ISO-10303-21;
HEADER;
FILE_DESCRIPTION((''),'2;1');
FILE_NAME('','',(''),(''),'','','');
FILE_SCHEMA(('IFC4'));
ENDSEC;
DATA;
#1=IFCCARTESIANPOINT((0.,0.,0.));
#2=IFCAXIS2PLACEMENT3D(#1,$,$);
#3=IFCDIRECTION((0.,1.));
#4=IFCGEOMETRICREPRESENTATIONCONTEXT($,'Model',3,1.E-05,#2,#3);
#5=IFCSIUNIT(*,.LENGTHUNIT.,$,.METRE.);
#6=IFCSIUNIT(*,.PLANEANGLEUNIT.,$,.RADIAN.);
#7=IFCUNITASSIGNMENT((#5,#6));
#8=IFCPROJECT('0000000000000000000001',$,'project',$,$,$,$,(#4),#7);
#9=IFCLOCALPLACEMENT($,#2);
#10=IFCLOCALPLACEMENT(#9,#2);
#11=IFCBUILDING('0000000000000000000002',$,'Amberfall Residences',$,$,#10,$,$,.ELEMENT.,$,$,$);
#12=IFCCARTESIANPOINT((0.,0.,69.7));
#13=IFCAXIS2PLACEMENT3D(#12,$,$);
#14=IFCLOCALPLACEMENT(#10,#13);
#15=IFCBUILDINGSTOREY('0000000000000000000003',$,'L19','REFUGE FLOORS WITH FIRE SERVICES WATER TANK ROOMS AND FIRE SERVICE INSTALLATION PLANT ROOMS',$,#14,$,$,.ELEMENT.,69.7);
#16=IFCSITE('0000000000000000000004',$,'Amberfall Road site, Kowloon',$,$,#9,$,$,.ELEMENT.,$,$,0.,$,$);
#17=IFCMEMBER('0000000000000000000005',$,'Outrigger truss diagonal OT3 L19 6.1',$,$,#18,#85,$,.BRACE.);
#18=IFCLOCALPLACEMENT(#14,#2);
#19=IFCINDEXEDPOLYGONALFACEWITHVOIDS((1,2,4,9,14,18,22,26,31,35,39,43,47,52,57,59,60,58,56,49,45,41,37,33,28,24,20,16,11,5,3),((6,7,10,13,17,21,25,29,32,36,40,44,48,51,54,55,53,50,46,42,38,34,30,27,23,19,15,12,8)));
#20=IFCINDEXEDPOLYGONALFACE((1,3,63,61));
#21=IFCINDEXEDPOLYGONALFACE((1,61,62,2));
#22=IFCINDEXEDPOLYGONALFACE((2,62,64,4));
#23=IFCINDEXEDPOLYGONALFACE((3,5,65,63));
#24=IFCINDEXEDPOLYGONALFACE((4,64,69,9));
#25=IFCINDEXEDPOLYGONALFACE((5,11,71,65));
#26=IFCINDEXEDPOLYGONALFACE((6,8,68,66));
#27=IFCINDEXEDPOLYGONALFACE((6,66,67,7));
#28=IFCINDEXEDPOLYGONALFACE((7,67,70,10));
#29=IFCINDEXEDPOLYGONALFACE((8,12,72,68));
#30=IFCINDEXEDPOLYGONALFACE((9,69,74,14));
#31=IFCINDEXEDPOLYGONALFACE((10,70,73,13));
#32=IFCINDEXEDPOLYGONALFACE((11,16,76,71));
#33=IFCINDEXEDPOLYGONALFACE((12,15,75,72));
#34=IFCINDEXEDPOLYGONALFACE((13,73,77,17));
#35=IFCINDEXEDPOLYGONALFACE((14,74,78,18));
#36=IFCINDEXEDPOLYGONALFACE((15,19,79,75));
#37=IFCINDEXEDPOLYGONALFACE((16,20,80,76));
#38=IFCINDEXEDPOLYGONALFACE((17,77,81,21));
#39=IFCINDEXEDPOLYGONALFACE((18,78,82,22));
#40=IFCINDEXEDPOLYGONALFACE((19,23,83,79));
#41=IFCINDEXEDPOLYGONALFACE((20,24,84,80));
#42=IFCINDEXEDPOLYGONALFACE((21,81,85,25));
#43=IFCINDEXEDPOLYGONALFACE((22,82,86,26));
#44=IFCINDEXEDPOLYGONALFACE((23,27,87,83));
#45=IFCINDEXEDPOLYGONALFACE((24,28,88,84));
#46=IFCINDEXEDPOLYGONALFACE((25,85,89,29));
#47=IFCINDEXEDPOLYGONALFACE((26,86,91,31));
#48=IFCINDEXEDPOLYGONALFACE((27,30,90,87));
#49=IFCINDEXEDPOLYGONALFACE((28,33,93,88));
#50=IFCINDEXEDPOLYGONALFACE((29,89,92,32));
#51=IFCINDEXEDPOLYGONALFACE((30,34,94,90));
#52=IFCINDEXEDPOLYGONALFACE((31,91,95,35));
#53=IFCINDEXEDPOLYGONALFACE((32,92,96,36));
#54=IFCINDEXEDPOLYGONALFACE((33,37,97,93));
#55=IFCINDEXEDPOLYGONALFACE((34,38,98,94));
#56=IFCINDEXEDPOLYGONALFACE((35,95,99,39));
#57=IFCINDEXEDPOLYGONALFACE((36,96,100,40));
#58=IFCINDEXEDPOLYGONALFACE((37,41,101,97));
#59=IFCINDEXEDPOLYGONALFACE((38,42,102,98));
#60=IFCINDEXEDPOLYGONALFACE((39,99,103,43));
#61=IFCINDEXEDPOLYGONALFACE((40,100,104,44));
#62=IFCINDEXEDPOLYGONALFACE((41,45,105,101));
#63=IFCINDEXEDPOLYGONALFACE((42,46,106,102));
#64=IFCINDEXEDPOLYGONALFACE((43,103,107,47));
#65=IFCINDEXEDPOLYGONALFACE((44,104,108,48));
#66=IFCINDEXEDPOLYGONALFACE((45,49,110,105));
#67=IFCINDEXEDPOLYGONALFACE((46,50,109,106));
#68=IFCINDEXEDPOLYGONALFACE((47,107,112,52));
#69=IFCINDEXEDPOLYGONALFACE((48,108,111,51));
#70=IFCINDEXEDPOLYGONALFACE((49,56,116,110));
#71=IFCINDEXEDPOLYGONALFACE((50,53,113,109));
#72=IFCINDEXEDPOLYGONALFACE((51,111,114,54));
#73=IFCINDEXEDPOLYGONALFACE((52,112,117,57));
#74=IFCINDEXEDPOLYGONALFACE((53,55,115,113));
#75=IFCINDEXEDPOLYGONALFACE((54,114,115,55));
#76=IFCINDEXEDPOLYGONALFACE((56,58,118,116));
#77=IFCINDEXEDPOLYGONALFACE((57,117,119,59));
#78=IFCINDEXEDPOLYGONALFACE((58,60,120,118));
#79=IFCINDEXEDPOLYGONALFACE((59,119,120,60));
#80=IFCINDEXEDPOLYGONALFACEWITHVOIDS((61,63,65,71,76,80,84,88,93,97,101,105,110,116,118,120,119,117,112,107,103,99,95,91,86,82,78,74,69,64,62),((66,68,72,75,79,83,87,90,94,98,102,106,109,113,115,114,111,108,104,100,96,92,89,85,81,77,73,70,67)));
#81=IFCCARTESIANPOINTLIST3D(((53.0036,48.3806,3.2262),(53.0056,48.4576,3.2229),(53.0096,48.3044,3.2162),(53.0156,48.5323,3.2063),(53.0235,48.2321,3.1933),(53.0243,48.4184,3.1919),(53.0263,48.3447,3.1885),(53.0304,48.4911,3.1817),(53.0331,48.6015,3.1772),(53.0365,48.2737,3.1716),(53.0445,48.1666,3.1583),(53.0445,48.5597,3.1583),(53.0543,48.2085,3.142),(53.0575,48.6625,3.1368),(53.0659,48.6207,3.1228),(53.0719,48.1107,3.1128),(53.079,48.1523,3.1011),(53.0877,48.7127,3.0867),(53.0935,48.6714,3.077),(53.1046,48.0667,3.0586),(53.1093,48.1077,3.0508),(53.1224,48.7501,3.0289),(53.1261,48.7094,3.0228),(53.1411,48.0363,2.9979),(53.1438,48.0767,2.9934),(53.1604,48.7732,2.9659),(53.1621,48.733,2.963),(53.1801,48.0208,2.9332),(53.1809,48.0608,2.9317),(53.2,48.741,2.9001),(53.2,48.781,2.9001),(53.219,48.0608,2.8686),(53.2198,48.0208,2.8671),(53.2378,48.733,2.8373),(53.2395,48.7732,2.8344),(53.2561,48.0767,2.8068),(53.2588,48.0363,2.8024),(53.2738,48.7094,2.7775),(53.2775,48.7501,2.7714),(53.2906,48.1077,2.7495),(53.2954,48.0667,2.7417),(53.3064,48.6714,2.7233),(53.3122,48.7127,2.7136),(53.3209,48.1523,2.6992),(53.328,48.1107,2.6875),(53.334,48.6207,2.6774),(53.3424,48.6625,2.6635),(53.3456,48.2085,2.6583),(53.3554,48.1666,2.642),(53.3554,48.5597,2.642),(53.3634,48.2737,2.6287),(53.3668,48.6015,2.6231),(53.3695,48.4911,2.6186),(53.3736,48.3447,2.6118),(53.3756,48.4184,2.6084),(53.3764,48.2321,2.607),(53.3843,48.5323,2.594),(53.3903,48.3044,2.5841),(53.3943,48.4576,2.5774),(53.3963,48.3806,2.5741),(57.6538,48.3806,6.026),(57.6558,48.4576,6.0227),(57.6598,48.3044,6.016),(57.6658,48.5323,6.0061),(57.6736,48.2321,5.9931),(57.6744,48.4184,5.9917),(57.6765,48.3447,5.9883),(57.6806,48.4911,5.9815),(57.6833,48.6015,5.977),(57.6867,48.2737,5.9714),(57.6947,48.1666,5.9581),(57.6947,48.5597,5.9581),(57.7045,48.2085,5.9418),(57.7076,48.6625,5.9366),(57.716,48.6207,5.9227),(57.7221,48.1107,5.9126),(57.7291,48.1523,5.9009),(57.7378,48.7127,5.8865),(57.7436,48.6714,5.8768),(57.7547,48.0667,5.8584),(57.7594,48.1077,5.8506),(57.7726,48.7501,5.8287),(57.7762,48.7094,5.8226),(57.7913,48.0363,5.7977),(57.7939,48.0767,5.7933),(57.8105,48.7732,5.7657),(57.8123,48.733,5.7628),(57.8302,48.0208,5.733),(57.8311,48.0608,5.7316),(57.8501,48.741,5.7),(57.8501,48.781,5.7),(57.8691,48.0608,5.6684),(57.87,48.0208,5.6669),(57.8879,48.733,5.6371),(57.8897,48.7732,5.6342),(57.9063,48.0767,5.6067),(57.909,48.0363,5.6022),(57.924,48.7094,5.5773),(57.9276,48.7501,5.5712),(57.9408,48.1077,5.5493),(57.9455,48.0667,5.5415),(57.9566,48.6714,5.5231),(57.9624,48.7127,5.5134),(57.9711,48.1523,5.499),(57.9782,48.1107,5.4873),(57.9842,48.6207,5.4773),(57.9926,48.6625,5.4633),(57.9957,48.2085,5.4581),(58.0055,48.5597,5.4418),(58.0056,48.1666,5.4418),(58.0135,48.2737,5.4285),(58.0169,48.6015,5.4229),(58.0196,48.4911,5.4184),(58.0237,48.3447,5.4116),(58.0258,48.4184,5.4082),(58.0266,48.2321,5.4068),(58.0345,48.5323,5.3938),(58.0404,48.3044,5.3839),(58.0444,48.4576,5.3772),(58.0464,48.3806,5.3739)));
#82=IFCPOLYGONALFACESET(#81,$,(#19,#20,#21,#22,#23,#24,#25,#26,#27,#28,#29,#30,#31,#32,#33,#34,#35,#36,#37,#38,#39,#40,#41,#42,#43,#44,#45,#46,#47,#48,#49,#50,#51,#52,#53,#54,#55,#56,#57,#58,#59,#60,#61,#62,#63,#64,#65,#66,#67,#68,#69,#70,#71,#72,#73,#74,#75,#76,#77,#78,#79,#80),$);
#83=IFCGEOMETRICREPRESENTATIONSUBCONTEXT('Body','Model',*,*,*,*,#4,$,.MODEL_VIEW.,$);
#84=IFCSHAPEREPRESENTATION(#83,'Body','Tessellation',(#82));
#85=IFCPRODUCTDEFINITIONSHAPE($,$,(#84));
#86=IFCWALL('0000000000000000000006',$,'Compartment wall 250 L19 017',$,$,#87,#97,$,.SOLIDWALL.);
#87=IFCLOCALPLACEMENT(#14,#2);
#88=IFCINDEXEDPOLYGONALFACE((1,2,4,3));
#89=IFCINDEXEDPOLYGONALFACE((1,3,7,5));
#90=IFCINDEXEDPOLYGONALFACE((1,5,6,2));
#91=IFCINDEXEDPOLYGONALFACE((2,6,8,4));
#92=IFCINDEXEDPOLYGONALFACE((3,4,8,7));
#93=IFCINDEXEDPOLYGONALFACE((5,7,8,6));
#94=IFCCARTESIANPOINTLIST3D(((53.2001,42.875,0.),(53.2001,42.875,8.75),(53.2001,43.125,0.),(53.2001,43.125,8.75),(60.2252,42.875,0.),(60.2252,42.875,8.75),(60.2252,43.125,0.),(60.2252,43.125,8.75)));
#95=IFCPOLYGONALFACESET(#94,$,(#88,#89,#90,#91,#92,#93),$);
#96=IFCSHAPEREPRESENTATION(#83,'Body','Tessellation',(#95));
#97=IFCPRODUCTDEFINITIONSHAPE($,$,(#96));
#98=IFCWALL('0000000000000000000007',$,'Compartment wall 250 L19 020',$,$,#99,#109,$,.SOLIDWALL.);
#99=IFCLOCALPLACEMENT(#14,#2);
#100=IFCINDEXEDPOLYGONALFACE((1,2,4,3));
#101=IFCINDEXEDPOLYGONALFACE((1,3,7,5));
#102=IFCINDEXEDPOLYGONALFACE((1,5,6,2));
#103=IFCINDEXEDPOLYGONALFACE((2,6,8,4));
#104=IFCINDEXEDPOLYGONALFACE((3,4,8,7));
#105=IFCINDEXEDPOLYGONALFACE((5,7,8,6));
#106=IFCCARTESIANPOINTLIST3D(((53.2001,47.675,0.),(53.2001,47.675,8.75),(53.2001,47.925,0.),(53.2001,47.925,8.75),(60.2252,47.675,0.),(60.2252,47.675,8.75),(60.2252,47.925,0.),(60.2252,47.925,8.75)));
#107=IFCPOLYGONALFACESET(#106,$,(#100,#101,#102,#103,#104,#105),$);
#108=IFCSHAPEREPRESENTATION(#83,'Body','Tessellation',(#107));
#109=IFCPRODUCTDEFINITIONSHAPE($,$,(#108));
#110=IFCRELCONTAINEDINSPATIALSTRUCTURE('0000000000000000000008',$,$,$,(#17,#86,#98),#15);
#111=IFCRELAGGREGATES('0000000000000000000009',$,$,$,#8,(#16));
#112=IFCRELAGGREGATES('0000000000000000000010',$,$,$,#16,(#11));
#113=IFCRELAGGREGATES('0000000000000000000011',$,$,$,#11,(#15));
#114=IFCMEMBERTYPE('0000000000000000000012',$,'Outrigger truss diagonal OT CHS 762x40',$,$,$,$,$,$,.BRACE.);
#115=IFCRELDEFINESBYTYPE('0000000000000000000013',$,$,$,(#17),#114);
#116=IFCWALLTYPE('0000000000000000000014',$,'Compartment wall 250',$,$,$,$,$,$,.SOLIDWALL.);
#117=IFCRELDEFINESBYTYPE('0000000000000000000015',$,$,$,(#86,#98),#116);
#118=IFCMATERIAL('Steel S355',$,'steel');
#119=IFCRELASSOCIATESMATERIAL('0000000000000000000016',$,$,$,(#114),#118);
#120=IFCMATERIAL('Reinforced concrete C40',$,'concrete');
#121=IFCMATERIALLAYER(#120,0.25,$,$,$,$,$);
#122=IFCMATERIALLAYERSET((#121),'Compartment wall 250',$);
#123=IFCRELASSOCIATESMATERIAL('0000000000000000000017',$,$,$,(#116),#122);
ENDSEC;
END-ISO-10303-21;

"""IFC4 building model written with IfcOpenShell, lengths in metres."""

from ifc_helpers import new_model, si_unit, direction, frame, frame_2d, origin, origin_2d, place, context, subcontext, project, spatial, rectangle, hollow_circle, extrude, material, layer, layer_set, material_profile, profile_set, type_object, element, save


model = new_model("IFC4")

# Units and contexts
model_context = context("Model", 3, precision=1e-05, world=origin(), true_north=direction((0.0, 1.0)))
body_context = subcontext(model_context, "Body", "Model", "MODEL_VIEW")
ifc_project = project(units=[si_unit("LENGTHUNIT", "METRE"), si_unit("PLANEANGLEUNIT", "RADIAN")], contexts=[model_context])

# Site, building, storey
site_placement = place(None, origin())
site = spatial("IfcSite", under=ifc_project, at=site_placement, Name="Amberfall Road site, Kowloon", CompositionType="ELEMENT", RefElevation=0.0)
building_placement = place(site_placement, origin())
building = spatial("IfcBuilding", under=site, at=building_placement, Name="Amberfall Residences", CompositionType="ELEMENT")
storey_placement = place(building_placement, frame((0.0, 0.0, 69.7)))
storey = spatial("IfcBuildingStorey", under=building, at=storey_placement, Name="L19", Description="REFUGE FLOORS WITH FIRE SERVICES WATER TANK ROOMS AND FIRE SERVICE INSTALLATION PLANT ROOMS", CompositionType="ELEMENT", Elevation=69.7)

# Shared definitions
ifc_material_1 = material(Name="Steel S355", Category="steel")

# Member
ifc_material_profile_1 = material_profile(ifc_material_1, hollow_circle(Radius=0.3811, WallThickness=0.04, at=origin_2d()), Name="CHS 762x40")
ifc_profile_set_1 = profile_set([ifc_material_profile_1], Name="Steel S355")
member_type_1 = type_object("IfcMemberType", Name="Outrigger truss diagonal OT CHS 762x40", PredefinedType="BRACE", material=ifc_profile_set_1)
member_1_placement = place(storey_placement, frame((53.2, 48.3999, 2.9001), z_axis=(0.856702, 0.0, 0.515811), x_axis=(0.0, 1.0, 0.0)))
element("IfcMember", 1, at=member_1_placement, inside=storey, type_object=member_type_1, Name="Outrigger truss diagonal OT3 L19 6.1", PredefinedType="BRACE", context=body_context, shape_type="SweptSolid", body=[
    extrude(hollow_circle(Radius=0.3811, WallThickness=0.04, at=origin_2d()), origin(), (0.0, 0.0, 1.0), 5.428),
])

# Walls
ifc_material_2 = material(Name="Reinforced concrete C40", Category="concrete")
ifc_layer = layer(ifc_material_2, 0.25)
ifc_layer_set = layer_set([ifc_layer], Name="Compartment wall 250")
wall_type = type_object("IfcWallType", Name="Compartment wall 250", PredefinedType="SOLIDWALL", material=ifc_layer_set)
for number, where, z_axis, x_axis, name in (
    (2, (53.2, 43.0, 0.0), (0.0, 0.0, 1.0), (1.0, 0.0, 0.0), "Compartment wall 250 L19 017"),
    (3, (53.2, 47.8, 0.0), (0.0, 0.0, 1.0), (1.0, 0.0, 0.0), "Compartment wall 250 L19 020"),
):
    element("IfcWall", number, at=place(storey_placement, frame(where, z_axis=z_axis, x_axis=x_axis)), inside=storey, type_object=wall_type, Name=name, PredefinedType="SOLIDWALL", context=body_context, shape_type="SweptSolid", body=[
        extrude(rectangle(XDim=7.0251, YDim=0.25, at=frame_2d((3.5127, 0.0))), origin(), (0.0, 0.0, 1.0), 8.75),
    ])

save(model, "model.ifc")
